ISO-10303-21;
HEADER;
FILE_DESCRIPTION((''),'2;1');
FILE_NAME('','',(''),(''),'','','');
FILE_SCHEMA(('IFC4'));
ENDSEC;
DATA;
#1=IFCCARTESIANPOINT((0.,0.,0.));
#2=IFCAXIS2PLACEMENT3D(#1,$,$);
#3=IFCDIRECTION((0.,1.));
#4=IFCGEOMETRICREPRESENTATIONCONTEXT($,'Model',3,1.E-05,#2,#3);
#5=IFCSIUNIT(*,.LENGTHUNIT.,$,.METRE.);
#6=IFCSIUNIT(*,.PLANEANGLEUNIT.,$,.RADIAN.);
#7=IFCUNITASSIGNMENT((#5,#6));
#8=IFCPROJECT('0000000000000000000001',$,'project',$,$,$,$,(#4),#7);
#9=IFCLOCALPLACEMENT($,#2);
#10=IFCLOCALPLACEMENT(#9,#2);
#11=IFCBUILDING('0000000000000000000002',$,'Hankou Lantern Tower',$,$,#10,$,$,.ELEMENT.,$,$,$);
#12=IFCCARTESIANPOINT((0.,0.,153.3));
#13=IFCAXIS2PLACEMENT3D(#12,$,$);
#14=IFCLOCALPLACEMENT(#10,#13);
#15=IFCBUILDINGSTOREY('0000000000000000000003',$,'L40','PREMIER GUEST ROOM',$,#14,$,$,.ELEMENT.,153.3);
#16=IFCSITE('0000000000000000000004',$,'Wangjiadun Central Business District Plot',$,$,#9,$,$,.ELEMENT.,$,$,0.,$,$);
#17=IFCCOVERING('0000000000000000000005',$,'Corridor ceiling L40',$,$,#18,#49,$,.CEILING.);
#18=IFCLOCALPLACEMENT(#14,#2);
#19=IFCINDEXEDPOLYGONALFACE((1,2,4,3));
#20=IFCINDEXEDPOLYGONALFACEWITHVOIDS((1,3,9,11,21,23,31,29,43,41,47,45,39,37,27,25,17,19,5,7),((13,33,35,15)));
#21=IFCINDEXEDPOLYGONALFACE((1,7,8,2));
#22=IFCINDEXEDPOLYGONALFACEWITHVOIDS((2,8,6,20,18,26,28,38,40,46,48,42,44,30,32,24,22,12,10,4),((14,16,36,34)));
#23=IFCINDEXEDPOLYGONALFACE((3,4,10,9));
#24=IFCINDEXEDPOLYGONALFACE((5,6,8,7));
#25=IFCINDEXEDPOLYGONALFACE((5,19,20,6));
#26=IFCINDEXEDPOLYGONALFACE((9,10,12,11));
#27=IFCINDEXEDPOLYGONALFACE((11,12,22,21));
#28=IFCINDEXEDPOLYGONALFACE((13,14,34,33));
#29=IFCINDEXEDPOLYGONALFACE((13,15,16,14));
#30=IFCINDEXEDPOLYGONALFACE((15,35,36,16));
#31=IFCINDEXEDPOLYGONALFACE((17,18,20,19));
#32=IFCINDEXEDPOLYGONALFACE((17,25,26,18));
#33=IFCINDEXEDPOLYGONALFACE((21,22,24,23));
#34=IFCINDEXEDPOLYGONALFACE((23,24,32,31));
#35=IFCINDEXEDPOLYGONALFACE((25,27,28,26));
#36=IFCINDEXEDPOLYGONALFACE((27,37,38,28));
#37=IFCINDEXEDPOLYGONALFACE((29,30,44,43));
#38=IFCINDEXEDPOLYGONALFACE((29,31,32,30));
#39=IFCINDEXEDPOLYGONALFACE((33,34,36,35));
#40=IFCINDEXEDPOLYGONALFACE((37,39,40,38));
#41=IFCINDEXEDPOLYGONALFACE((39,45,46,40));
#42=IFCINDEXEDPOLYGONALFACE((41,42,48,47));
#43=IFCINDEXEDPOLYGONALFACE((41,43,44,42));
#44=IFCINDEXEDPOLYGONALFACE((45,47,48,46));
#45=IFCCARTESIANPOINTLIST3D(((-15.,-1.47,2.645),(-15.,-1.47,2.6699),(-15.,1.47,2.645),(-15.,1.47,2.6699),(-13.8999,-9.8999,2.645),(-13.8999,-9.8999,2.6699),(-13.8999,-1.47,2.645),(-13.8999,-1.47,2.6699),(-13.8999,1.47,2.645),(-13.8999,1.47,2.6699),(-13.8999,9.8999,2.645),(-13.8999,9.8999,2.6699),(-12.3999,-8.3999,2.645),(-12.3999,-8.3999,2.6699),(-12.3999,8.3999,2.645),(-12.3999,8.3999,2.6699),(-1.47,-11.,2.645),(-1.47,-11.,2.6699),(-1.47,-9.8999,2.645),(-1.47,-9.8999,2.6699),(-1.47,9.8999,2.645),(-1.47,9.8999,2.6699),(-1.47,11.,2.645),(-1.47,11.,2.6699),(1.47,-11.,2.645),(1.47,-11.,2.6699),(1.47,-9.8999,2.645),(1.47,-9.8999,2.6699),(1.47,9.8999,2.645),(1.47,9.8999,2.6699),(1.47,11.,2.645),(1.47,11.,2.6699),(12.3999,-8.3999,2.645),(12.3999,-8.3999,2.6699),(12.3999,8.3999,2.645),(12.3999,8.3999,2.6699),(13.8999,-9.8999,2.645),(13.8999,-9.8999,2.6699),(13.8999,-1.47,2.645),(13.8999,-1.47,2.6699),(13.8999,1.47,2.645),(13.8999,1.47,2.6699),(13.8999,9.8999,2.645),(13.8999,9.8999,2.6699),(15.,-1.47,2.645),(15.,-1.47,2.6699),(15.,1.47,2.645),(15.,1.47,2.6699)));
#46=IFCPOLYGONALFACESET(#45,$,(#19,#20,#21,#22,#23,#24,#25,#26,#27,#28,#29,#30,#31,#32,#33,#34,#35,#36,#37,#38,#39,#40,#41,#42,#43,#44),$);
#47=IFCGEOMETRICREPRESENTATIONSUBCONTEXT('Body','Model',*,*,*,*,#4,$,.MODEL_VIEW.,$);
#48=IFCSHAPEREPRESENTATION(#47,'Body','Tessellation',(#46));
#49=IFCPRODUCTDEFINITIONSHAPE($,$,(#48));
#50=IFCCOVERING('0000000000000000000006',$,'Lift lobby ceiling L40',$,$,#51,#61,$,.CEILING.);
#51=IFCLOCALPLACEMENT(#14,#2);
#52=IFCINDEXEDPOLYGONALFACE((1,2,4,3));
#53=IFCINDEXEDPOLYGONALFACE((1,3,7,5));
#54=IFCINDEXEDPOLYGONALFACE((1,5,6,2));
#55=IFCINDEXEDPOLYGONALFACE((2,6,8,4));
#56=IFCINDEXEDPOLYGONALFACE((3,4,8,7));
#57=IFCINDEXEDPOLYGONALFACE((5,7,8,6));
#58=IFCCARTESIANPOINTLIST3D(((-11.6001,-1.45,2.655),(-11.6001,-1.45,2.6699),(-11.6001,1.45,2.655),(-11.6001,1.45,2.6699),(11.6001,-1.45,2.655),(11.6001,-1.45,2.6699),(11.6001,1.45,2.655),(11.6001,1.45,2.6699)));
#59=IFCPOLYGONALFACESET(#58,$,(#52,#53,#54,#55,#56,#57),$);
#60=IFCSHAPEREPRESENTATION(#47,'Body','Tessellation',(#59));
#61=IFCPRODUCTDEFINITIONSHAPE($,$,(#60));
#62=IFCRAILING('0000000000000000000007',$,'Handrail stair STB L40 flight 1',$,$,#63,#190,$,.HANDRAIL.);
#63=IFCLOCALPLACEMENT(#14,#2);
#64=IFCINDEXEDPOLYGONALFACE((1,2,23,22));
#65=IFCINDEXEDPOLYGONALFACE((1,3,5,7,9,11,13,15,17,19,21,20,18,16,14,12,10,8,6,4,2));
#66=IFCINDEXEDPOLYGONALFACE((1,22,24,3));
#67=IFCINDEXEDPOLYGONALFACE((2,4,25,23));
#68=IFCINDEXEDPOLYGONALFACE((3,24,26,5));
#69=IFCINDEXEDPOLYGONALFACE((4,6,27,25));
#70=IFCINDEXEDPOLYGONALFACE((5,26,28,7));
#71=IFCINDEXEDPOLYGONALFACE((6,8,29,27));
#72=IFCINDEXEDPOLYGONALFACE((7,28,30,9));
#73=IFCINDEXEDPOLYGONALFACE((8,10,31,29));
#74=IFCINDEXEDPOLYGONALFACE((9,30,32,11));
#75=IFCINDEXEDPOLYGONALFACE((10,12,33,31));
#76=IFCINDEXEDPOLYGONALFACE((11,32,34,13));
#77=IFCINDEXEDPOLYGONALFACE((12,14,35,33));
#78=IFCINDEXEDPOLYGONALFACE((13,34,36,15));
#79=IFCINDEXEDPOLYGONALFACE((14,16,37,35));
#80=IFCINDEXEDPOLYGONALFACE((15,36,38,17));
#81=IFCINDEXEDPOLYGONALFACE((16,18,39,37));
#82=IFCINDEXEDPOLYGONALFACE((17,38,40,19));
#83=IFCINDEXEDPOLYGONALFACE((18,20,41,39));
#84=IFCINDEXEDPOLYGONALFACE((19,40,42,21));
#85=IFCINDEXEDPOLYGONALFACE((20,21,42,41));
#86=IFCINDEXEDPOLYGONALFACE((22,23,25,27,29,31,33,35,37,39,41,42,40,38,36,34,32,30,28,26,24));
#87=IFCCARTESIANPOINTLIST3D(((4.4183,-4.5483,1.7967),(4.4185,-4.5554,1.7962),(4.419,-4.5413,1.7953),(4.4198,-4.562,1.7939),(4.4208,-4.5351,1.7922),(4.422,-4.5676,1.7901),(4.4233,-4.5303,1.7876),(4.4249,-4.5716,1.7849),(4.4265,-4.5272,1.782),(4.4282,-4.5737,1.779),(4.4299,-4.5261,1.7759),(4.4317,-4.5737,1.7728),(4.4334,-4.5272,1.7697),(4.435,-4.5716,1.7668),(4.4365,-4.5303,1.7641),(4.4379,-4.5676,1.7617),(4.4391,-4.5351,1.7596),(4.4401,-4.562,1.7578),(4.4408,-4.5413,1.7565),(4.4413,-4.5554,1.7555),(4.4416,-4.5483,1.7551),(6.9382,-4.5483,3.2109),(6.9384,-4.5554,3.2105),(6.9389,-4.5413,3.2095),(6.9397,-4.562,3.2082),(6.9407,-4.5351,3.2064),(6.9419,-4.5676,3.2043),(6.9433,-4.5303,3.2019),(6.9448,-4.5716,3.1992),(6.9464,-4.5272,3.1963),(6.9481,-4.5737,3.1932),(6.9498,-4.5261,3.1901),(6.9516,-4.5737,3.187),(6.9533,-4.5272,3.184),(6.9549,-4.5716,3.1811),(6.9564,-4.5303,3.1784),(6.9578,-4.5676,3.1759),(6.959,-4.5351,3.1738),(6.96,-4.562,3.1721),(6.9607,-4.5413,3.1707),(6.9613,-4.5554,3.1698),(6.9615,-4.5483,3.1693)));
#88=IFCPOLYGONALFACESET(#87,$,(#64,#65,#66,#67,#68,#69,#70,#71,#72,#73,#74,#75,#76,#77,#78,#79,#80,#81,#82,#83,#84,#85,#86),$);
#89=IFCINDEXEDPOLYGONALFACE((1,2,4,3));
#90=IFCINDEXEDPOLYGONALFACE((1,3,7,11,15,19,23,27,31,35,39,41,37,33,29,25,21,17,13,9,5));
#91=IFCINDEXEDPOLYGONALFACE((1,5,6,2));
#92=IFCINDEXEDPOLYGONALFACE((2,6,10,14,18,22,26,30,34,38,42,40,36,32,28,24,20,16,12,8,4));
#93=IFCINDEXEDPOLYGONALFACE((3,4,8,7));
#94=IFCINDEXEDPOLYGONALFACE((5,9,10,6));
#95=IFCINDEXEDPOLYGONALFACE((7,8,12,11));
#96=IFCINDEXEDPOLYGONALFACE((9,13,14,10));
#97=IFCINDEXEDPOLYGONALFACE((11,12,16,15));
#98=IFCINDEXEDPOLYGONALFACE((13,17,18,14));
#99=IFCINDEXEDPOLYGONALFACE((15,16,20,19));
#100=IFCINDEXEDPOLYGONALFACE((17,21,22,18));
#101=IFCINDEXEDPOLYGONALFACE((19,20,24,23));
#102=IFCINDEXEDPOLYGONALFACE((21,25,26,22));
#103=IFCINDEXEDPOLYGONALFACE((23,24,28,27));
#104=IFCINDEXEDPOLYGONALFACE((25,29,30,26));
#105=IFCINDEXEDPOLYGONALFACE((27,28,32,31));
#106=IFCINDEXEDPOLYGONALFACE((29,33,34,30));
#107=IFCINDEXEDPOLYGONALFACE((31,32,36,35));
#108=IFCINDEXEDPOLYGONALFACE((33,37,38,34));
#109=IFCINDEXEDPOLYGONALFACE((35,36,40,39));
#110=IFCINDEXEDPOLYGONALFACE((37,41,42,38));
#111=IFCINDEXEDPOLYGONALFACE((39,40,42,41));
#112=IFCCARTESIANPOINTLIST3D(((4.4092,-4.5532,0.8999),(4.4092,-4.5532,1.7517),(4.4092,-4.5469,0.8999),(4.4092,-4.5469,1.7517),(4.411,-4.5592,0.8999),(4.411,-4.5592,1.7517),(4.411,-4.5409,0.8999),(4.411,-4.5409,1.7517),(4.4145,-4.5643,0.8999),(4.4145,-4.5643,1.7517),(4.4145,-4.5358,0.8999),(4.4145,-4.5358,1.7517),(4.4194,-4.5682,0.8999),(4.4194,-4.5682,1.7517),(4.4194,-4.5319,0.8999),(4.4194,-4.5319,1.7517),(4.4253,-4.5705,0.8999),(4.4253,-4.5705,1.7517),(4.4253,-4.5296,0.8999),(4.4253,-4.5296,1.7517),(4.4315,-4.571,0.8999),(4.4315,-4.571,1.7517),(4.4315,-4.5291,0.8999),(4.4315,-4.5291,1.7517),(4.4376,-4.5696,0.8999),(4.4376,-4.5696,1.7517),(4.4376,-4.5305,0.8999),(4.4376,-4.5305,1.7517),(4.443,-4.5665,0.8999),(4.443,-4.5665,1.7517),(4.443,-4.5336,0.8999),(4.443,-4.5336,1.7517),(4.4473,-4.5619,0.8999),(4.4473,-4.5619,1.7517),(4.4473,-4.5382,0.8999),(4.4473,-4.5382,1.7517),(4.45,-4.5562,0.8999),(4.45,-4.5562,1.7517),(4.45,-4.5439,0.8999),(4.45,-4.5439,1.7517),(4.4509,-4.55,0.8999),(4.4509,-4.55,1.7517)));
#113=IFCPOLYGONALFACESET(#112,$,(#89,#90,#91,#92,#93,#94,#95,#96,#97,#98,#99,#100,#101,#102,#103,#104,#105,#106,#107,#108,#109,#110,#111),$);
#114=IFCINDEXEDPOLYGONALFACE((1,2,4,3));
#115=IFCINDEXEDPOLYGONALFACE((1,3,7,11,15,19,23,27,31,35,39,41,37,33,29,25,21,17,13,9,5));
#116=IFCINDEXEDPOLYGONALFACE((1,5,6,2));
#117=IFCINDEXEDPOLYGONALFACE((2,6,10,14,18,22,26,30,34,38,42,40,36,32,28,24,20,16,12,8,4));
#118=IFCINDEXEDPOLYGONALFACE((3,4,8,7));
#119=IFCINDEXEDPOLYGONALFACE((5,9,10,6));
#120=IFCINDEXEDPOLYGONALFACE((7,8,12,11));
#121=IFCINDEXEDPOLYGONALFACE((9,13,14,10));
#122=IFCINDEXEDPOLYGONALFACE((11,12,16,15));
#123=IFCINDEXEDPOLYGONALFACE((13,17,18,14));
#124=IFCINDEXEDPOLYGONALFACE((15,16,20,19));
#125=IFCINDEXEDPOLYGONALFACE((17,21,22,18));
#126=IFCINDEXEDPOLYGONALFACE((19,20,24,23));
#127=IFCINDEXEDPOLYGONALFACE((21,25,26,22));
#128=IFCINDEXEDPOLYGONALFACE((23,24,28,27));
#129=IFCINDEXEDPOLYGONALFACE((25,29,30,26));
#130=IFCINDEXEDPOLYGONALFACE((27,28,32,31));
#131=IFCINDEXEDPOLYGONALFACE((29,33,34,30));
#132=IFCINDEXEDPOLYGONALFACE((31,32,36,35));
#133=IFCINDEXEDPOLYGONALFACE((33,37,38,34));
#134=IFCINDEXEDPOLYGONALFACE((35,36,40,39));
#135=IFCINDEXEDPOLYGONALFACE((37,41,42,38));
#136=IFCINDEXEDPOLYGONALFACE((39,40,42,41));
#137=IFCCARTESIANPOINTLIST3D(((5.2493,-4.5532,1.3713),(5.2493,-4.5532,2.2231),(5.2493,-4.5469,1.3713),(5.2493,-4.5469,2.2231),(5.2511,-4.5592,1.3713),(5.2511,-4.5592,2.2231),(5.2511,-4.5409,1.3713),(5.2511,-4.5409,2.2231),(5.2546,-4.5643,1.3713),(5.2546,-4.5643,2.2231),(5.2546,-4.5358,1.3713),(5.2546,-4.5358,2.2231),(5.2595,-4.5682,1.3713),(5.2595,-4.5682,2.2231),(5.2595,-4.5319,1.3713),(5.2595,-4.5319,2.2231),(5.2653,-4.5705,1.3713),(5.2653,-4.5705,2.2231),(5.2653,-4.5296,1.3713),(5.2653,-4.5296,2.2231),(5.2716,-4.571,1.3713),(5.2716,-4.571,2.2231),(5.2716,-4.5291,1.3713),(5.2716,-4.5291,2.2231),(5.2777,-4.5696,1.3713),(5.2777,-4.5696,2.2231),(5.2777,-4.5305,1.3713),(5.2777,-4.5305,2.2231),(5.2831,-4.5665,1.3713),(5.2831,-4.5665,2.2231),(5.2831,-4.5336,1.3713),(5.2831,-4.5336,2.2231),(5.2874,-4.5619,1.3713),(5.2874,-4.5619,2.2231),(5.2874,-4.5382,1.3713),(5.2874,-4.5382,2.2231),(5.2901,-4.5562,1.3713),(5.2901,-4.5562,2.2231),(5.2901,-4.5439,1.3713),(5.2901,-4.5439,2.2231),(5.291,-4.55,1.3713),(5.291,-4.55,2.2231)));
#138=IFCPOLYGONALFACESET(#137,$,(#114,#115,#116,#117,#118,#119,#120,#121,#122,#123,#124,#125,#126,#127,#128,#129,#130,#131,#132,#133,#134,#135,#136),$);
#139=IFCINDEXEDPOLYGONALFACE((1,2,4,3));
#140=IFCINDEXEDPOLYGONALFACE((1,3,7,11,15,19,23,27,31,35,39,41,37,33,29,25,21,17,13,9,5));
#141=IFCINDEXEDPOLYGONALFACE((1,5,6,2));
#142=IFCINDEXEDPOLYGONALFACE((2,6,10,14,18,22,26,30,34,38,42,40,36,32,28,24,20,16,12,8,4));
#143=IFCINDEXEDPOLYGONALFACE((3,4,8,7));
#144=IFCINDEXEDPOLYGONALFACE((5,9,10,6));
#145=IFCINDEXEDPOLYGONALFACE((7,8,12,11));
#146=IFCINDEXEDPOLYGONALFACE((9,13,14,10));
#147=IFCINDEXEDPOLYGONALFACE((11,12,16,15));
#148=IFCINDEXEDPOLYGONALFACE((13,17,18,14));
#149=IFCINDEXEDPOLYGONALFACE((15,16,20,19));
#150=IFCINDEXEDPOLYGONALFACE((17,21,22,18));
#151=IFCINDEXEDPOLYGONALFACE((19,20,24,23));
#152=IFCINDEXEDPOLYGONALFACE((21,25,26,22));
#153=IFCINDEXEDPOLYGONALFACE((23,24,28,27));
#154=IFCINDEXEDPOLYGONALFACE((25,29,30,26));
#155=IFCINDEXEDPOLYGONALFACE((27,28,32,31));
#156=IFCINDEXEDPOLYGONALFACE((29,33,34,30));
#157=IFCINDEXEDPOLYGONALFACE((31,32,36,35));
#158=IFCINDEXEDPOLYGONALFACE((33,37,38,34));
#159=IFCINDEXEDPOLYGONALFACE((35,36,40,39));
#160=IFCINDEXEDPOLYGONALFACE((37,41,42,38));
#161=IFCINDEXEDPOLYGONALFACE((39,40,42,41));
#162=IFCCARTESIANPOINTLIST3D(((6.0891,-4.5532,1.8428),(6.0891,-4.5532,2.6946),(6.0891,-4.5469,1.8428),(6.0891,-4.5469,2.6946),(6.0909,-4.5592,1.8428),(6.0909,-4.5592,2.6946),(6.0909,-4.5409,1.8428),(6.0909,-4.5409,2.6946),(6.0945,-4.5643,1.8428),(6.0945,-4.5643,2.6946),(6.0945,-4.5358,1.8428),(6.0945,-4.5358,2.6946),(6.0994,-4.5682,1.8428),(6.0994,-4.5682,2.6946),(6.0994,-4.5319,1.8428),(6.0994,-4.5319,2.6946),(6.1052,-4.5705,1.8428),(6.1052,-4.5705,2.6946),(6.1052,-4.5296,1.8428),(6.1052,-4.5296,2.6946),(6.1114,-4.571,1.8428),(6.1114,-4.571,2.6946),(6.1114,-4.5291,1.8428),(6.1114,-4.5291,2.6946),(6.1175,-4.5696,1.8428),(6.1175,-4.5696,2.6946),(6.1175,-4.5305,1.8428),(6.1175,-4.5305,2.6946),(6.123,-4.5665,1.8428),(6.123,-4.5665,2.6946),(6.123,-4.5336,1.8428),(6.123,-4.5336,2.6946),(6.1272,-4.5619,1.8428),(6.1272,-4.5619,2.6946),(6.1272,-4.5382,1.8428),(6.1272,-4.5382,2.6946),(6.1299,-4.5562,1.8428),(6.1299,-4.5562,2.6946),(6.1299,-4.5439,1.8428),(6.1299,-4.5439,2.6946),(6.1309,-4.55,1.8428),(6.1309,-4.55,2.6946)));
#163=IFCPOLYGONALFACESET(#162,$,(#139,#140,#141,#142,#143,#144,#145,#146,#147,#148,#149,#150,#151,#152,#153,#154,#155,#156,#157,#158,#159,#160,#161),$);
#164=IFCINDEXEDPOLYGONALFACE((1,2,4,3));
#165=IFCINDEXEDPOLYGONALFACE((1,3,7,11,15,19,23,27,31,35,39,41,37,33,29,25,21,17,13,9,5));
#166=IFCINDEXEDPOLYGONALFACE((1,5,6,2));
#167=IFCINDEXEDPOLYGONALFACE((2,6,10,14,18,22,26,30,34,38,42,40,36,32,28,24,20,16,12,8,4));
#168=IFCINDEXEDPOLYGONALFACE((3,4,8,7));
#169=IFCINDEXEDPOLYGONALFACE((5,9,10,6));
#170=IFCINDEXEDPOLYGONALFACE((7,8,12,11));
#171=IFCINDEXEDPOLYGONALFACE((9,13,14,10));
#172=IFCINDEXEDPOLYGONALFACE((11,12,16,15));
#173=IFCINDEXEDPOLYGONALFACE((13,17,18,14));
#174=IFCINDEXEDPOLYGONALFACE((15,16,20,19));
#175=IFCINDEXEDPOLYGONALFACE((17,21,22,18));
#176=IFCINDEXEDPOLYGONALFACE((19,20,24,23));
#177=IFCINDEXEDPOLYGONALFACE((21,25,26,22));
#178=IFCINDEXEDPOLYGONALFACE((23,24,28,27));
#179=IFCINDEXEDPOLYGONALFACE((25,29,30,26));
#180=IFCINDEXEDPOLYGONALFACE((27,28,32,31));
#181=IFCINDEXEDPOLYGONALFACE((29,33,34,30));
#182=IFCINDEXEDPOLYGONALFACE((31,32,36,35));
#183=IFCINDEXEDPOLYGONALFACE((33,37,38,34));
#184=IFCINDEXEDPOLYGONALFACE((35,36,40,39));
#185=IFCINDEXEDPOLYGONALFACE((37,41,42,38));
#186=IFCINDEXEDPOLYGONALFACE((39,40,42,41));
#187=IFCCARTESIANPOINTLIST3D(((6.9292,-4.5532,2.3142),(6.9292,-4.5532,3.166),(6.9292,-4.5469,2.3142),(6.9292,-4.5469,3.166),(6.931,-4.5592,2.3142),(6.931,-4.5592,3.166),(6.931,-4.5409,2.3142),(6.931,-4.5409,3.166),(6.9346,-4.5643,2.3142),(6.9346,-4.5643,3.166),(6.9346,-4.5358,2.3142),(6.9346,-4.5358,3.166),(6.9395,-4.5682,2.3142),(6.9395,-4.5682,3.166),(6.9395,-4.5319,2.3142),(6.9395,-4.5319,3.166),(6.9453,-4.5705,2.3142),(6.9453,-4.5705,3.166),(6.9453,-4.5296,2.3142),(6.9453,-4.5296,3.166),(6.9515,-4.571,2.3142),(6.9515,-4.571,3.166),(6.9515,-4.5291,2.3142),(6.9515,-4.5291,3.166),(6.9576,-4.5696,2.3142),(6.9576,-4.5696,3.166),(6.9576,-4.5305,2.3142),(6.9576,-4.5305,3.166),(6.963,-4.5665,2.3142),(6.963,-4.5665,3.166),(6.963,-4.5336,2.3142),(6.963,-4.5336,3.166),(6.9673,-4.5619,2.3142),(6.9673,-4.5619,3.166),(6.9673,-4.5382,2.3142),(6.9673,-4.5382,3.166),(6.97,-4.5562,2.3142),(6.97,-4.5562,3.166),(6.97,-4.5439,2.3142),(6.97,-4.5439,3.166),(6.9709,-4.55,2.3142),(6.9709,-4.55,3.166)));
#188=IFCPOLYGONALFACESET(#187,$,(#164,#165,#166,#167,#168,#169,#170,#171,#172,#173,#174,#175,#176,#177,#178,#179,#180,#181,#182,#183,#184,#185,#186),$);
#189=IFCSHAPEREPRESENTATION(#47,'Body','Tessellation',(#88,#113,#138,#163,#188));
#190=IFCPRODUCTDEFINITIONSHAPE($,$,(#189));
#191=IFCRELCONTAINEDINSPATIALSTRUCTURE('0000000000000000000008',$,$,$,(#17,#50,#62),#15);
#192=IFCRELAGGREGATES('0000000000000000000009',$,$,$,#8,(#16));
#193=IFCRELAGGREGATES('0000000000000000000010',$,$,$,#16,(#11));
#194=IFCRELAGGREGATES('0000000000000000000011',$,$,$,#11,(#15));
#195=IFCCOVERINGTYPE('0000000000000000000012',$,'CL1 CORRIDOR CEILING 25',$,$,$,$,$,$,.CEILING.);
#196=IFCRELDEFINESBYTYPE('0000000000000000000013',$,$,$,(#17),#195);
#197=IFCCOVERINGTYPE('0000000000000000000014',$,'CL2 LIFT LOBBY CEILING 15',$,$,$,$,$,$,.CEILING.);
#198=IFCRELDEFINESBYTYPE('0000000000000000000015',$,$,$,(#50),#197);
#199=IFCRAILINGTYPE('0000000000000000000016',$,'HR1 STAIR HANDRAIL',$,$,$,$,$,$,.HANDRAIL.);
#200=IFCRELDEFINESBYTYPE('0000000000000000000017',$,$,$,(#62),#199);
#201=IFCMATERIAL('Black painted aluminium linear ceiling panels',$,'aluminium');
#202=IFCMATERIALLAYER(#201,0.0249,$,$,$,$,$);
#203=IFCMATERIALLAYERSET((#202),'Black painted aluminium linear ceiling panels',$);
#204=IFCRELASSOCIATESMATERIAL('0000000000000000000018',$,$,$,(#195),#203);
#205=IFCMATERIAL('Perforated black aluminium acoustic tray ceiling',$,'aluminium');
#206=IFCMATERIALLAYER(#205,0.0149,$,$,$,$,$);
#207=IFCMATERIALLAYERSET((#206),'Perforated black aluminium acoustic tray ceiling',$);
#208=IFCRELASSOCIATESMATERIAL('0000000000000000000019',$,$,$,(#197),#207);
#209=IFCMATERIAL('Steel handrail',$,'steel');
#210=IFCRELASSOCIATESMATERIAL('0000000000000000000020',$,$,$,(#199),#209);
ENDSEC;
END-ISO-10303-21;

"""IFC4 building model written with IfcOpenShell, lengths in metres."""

from ifc_helpers import new_model, si_unit, direction, frame, origin, origin_2d, place, context, subcontext, project, spatial, polyline, circle, outline, extrude, material, layer, layer_set, type_object, element, save


model = new_model("IFC4")

# Units and contexts
model_context = context("Model", 3, precision=1e-05, world=origin(), true_north=direction((0.0, 1.0)))
body_context = subcontext(model_context, "Body", "Model", "MODEL_VIEW")
ifc_project = project(units=[si_unit("LENGTHUNIT", "METRE"), si_unit("PLANEANGLEUNIT", "RADIAN")], contexts=[model_context])

# Site, building, storey
site_placement = place(None, origin())
site = spatial("IfcSite", under=ifc_project, at=site_placement, Name="Wangjiadun Central Business District Plot", CompositionType="ELEMENT", RefElevation=0.0)
building_placement = place(site_placement, origin())
building = spatial("IfcBuilding", under=site, at=building_placement, Name="Hankou Lantern Tower", CompositionType="ELEMENT")
storey_placement = place(building_placement, frame((0.0, 0.0, 153.3)))
storey = spatial("IfcBuildingStorey", under=building, at=storey_placement, Name="L40", Description="PREMIER GUEST ROOM", CompositionType="ELEMENT", Elevation=153.3)

# Coverings
ifc_material_1 = material(Name="Black painted aluminium linear ceiling panels", Category="aluminium")
ifc_layer_1 = layer(ifc_material_1, 0.0249)
ifc_layer_set_1 = layer_set([ifc_layer_1], Name="Black painted aluminium linear ceiling panels")
covering_type_1 = type_object("IfcCoveringType", Name="CL1 CORRIDOR CEILING 25", PredefinedType="CEILING", material=ifc_layer_set_1)
covering_1_placement = place(storey_placement, frame((0.0, 0.0, 2.645)))
element("IfcCovering", 1, at=covering_1_placement, inside=storey, type_object=covering_type_1, Name="Corridor ceiling L40", PredefinedType="CEILING", context=body_context, shape_type="SweptSolid", body=[
    extrude(outline(polyline([(1.47, -11.0), (1.47, -9.8999), (13.8999, -9.8999), (13.8999, -1.47), (15.0, -1.47), (15.0, 1.47), (13.8999, 1.47), (13.8999, 9.8999), (1.47, 9.8999), (1.47, 11.0), (-1.47, 11.0), (-1.47, 9.8999), (-13.8999, 9.8999), (-13.8999, 1.47), (-15.0, 1.47), (-15.0, -1.47), (-13.8999, -1.47), (-13.8999, -9.8999), (-1.47, -9.8999), (-1.47, -11.0), (1.47, -11.0)]), holes=[polyline([(-12.3999, 8.3999), (12.3999, 8.3999), (12.3999, -8.3999), (-12.3999, -8.3999), (-12.3999, 8.3999)])]), origin(), (0.0, 0.0, 1.0), 0.0249),
])
ifc_material_2 = material(Name="Perforated black aluminium acoustic tray ceiling", Category="aluminium")
ifc_layer_2 = layer(ifc_material_2, 0.0149)
ifc_layer_set_2 = layer_set([ifc_layer_2], Name="Perforated black aluminium acoustic tray ceiling")
covering_type_2 = type_object("IfcCoveringType", Name="CL2 LIFT LOBBY CEILING 15", PredefinedType="CEILING", material=ifc_layer_set_2)
covering_2_placement = place(storey_placement, frame((0.0, 0.0, 2.655)))
element("IfcCovering", 2, at=covering_2_placement, inside=storey, type_object=covering_type_2, Name="Lift lobby ceiling L40", PredefinedType="CEILING", context=body_context, shape_type="SweptSolid", body=[
    extrude(outline(polyline([(-11.6001, -1.45), (11.6001, -1.45), (11.6001, 1.45), (-11.6001, 1.45), (-11.6001, -1.45)])), origin(), (0.0, 0.0, 1.0), 0.0149),
])

# Railing
ifc_material_3 = material(Name="Steel handrail", Category="steel")
railing_type = type_object("IfcRailingType", Name="HR1 STAIR HANDRAIL", PredefinedType="HANDRAIL", material=ifc_material_3)
railing_1_placement = place(storey_placement, frame((4.4299, -4.55, 0.8999)))
element("IfcRailing", 3, at=railing_1_placement, inside=storey, type_object=railing_type, Name="Handrail stair STB L40 flight 1", PredefinedType="HANDRAIL", context=body_context, shape_type="SweptSolid", body=[
    extrude(circle(Radius=0.0239, at=origin_2d()), frame((0.0, 0.0, 0.876), z_axis=(0.872049, 0.0, 0.489419), x_axis=(0.0, 1.0, 0.0)), (0.0, 0.0, 1.0), 2.8896),
    extrude(circle(Radius=0.021, at=origin_2d()), origin(), (0.0, 0.0, 1.0), 0.8518),
    extrude(circle(Radius=0.021, at=origin_2d()), frame((0.8401, 0.0, 0.4714)), (0.0, 0.0, 1.0), 0.8518),
    extrude(circle(Radius=0.021, at=origin_2d()), frame((1.6799, 0.0, 0.9429)), (0.0, 0.0, 1.0), 0.8518),
    extrude(circle(Radius=0.021, at=origin_2d()), frame((2.52, 0.0, 1.4143)), (0.0, 0.0, 1.0), 0.8518),
])

save(model, "model.ifc")
